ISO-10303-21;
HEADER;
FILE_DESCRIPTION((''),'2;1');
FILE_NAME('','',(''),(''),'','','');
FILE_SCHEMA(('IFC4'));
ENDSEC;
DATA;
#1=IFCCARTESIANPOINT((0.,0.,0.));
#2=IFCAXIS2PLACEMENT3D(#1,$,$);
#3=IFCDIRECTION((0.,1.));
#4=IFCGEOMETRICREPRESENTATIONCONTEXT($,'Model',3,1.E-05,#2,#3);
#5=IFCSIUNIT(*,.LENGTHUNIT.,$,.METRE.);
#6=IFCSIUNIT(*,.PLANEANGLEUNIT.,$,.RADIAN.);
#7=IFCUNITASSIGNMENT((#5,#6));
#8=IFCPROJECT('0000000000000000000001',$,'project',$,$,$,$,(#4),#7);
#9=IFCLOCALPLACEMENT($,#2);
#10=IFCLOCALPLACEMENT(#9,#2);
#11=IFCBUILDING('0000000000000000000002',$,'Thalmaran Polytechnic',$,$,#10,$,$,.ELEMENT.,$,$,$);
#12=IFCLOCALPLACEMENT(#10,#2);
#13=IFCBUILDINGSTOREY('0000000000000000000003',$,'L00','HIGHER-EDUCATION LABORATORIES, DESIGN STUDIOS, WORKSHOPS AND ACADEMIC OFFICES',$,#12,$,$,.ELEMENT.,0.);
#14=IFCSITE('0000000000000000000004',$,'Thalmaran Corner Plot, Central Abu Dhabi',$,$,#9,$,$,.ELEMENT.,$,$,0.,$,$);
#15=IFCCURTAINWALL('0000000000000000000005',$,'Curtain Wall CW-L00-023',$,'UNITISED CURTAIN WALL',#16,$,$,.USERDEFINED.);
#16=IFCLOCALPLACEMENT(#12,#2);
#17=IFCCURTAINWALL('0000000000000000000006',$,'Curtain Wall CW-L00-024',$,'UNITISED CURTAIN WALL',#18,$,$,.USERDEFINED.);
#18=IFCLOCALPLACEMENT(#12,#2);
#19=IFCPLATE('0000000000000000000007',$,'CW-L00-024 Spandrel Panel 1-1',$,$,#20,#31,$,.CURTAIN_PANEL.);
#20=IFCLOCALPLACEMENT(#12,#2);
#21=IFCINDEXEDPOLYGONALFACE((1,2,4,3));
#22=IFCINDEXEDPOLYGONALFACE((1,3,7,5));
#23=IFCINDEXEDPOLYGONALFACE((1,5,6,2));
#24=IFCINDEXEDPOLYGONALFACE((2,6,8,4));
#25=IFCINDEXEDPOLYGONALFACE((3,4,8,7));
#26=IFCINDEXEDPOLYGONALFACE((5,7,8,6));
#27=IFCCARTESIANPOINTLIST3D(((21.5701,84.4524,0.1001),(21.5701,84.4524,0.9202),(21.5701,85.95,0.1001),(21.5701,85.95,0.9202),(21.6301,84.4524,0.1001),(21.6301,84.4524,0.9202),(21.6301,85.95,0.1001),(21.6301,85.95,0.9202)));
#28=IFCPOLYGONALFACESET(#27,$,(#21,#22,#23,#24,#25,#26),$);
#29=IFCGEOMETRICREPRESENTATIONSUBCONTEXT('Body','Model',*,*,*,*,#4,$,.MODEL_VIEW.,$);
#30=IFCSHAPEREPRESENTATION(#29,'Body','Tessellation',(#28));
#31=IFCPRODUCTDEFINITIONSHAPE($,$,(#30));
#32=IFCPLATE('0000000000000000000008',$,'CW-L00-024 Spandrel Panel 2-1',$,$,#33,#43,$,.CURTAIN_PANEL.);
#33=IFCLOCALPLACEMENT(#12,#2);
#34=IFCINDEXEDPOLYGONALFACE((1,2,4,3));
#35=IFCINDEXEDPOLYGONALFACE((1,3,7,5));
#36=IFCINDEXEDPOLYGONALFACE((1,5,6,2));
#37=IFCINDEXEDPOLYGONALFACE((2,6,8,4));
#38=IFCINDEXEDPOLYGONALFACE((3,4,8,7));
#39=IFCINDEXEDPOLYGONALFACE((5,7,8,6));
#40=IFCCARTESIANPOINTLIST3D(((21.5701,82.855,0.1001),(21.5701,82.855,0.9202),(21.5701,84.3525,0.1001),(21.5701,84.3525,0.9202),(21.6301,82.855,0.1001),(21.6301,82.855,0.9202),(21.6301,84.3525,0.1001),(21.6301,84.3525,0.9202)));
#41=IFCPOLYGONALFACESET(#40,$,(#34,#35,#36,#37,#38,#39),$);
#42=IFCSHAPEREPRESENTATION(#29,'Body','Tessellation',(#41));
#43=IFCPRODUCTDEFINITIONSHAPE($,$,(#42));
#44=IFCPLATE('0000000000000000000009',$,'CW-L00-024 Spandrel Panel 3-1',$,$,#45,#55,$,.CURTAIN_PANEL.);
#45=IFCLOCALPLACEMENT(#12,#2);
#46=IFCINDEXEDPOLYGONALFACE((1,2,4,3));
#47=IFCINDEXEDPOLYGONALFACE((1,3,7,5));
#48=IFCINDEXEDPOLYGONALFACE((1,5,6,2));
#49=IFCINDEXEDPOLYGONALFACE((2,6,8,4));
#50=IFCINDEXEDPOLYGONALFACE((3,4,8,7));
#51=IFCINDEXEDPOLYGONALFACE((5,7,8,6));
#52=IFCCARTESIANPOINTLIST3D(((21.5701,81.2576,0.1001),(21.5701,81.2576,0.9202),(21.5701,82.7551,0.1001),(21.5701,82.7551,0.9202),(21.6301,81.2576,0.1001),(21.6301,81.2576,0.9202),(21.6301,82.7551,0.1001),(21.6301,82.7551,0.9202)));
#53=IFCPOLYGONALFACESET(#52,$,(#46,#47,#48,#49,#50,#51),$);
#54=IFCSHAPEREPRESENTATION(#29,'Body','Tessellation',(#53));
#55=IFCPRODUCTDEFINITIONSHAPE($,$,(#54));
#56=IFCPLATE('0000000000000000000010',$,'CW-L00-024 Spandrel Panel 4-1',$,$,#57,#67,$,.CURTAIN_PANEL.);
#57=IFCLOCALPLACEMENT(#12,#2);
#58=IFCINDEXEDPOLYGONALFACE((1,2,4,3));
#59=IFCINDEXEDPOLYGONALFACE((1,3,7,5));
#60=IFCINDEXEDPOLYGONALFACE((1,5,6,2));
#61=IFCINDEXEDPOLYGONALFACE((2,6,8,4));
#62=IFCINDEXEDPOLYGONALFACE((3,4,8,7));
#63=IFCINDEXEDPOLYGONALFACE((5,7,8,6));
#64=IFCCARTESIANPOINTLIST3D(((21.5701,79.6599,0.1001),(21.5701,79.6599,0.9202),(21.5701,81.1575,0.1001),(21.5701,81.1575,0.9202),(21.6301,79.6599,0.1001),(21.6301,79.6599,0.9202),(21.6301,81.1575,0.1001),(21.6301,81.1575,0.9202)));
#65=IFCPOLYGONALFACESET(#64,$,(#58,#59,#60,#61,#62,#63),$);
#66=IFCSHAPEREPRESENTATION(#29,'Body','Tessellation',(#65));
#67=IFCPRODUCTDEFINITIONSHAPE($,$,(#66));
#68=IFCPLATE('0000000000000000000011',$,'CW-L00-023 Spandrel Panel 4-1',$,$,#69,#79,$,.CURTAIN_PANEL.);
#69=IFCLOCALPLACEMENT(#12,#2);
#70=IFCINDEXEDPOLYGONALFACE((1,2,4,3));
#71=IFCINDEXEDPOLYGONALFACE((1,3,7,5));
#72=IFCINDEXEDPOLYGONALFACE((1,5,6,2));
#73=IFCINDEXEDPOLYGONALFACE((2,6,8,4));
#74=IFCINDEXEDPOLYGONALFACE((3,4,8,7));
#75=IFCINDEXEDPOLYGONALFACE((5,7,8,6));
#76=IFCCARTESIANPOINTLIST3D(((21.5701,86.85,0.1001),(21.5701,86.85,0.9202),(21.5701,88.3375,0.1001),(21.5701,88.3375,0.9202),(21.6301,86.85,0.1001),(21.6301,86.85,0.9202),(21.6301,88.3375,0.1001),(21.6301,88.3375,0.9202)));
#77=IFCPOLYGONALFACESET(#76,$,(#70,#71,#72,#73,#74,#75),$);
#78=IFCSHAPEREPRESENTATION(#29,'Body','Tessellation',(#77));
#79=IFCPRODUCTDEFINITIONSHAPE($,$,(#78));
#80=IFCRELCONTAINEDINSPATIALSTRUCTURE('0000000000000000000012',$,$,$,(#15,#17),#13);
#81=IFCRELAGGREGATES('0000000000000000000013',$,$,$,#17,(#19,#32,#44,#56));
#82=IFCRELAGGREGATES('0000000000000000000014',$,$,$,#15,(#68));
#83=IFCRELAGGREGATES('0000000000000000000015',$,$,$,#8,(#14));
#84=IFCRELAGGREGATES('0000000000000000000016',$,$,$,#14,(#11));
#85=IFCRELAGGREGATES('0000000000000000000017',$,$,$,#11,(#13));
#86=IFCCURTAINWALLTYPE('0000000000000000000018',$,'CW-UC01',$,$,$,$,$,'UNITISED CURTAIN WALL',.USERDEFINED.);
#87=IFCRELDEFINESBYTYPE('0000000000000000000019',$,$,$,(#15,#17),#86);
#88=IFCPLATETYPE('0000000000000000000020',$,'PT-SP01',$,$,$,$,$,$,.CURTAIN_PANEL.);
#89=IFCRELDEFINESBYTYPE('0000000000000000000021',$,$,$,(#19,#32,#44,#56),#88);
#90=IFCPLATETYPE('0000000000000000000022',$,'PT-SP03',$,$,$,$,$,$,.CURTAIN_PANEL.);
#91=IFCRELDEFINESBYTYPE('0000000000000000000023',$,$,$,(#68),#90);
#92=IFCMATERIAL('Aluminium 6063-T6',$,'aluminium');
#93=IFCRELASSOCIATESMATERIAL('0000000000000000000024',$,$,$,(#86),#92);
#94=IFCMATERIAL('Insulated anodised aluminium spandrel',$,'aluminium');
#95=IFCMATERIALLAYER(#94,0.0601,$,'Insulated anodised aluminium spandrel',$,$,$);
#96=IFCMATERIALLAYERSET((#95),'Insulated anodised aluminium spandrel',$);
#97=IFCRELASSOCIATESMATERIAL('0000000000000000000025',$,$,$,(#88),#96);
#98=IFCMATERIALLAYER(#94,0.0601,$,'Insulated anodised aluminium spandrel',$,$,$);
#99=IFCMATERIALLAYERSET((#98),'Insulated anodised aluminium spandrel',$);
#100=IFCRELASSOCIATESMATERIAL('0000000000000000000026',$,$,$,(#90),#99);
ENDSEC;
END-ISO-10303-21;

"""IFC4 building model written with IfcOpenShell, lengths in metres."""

from ifc_helpers import new_model, si_unit, direction, frame, origin, origin_2d, place, context, subcontext, project, spatial, rectangle, extrude, material, layer, layer_set, type_object, element, aggregate, save


model = new_model("IFC4")

# Units and contexts
model_context = context("Model", 3, precision=1e-05, world=origin(), true_north=direction((0.0, 1.0)))
body_context = subcontext(model_context, "Body", "Model", "MODEL_VIEW")
ifc_project = project(units=[si_unit("LENGTHUNIT", "METRE"), si_unit("PLANEANGLEUNIT", "RADIAN")], contexts=[model_context])

# Site, building, storey
site_placement = place(None, origin())
site = spatial("IfcSite", under=ifc_project, at=site_placement, Name="Thalmaran Corner Plot, Central Abu Dhabi", CompositionType="ELEMENT", RefElevation=0.0)
building_placement = place(site_placement, origin())
building = spatial("IfcBuilding", under=site, at=building_placement, Name="Thalmaran Polytechnic", CompositionType="ELEMENT")
storey_placement = place(building_placement, origin())
storey = spatial("IfcBuildingStorey", under=building, at=storey_placement, Name="L00", Description="HIGHER-EDUCATION LABORATORIES, DESIGN STUDIOS, WORKSHOPS AND ACADEMIC OFFICES", CompositionType="ELEMENT", Elevation=0.0)

# Curtain wall
ifc_material_1 = material(Name="Aluminium 6063-T6", Category="aluminium")
curtain_wall_type = type_object("IfcCurtainWallType", Name="CW-UC01", ElementType="UNITISED CURTAIN WALL", PredefinedType="USERDEFINED", material=ifc_material_1)
curtain_wall_1_placement = place(storey_placement, origin())
curtain_wall_1 = element("IfcCurtainWall", 1, at=curtain_wall_1_placement, inside=storey, type_object=curtain_wall_type, Name="Curtain Wall CW-L00-023", ObjectType="UNITISED CURTAIN WALL", PredefinedType="USERDEFINED")

# Curtain wall
curtain_wall_2_placement = place(storey_placement, origin())
curtain_wall_2 = element("IfcCurtainWall", 2, at=curtain_wall_2_placement, inside=storey, type_object=curtain_wall_type, Name="Curtain Wall CW-L00-024", ObjectType="UNITISED CURTAIN WALL", PredefinedType="USERDEFINED")

# Plates
ifc_material_2 = material(Name="Insulated anodised aluminium spandrel", Category="aluminium")
ifc_layer_1 = layer(ifc_material_2, 0.0601, Name="Insulated anodised aluminium spandrel")
ifc_layer_set_1 = layer_set([ifc_layer_1], Name="Insulated anodised aluminium spandrel")
plate_type_1 = type_object("IfcPlateType", Name="PT-SP01", PredefinedType="CURTAIN_PANEL", material=ifc_layer_set_1)
plate_1_placement = place(storey_placement, frame((21.6001, 85.2012, 0.1001), z_axis=(0.0, 0.0, 1.0), x_axis=(0.0, -1.0, 0.0)))
plate_1 = element("IfcPlate", 3, at=plate_1_placement, type_object=plate_type_1, Name="CW-L00-024 Spandrel Panel 1-1", PredefinedType="CURTAIN_PANEL", context=body_context, shape_type="SweptSolid", body=[
    extrude(rectangle(XDim=1.4976, YDim=0.0601, at=origin_2d()), origin(), (0.0, 0.0, 1.0), 0.8201),
])
plate_2_placement = place(storey_placement, frame((21.6001, 83.6038, 0.1001), z_axis=(0.0, 0.0, 1.0), x_axis=(0.0, -1.0, 0.0)))
plate_2 = element("IfcPlate", 4, at=plate_2_placement, type_object=plate_type_1, Name="CW-L00-024 Spandrel Panel 2-1", PredefinedType="CURTAIN_PANEL", context=body_context, shape_type="SweptSolid", body=[
    extrude(rectangle(XDim=1.4976, YDim=0.0601, at=origin_2d()), origin(), (0.0, 0.0, 1.0), 0.8201),
])
plate_3_placement = place(storey_placement, frame((21.6001, 82.0063, 0.1001), z_axis=(0.0, 0.0, 1.0), x_axis=(0.0, -1.0, 0.0)))
plate_3 = element("IfcPlate", 5, at=plate_3_placement, type_object=plate_type_1, Name="CW-L00-024 Spandrel Panel 3-1", PredefinedType="CURTAIN_PANEL", context=body_context, shape_type="SweptSolid", body=[
    extrude(rectangle(XDim=1.4976, YDim=0.0601, at=origin_2d()), origin(), (0.0, 0.0, 1.0), 0.8201),
])
plate_4_placement = place(storey_placement, frame((21.6001, 80.4087, 0.1001), z_axis=(0.0, 0.0, 1.0), x_axis=(0.0, -1.0, 0.0)))
plate_4 = element("IfcPlate", 6, at=plate_4_placement, type_object=plate_type_1, Name="CW-L00-024 Spandrel Panel 4-1", PredefinedType="CURTAIN_PANEL", context=body_context, shape_type="SweptSolid", body=[
    extrude(rectangle(XDim=1.4976, YDim=0.0601, at=origin_2d()), origin(), (0.0, 0.0, 1.0), 0.8201),
])
aggregate(curtain_wall_2, [plate_1, plate_2, plate_3, plate_4])
ifc_layer_2 = layer(ifc_material_2, 0.0601, Name="Insulated anodised aluminium spandrel")
ifc_layer_set_2 = layer_set([ifc_layer_2], Name="Insulated anodised aluminium spandrel")
plate_type_2 = type_object("IfcPlateType", Name="PT-SP03", PredefinedType="CURTAIN_PANEL", material=ifc_layer_set_2)
plate_5_placement = place(storey_placement, frame((21.6001, 87.5938, 0.1001), z_axis=(0.0, 0.0, 1.0), x_axis=(0.0, -1.0, 0.0)))
plate_5 = element("IfcPlate", 7, at=plate_5_placement, type_object=plate_type_2, Name="CW-L00-023 Spandrel Panel 4-1", PredefinedType="CURTAIN_PANEL", context=body_context, shape_type="SweptSolid", body=[
    extrude(rectangle(XDim=1.4875, YDim=0.0601, at=origin_2d()), origin(), (0.0, 0.0, 1.0), 0.8201),
])
aggregate(curtain_wall_1, [plate_5])

save(model, "model.ifc")
